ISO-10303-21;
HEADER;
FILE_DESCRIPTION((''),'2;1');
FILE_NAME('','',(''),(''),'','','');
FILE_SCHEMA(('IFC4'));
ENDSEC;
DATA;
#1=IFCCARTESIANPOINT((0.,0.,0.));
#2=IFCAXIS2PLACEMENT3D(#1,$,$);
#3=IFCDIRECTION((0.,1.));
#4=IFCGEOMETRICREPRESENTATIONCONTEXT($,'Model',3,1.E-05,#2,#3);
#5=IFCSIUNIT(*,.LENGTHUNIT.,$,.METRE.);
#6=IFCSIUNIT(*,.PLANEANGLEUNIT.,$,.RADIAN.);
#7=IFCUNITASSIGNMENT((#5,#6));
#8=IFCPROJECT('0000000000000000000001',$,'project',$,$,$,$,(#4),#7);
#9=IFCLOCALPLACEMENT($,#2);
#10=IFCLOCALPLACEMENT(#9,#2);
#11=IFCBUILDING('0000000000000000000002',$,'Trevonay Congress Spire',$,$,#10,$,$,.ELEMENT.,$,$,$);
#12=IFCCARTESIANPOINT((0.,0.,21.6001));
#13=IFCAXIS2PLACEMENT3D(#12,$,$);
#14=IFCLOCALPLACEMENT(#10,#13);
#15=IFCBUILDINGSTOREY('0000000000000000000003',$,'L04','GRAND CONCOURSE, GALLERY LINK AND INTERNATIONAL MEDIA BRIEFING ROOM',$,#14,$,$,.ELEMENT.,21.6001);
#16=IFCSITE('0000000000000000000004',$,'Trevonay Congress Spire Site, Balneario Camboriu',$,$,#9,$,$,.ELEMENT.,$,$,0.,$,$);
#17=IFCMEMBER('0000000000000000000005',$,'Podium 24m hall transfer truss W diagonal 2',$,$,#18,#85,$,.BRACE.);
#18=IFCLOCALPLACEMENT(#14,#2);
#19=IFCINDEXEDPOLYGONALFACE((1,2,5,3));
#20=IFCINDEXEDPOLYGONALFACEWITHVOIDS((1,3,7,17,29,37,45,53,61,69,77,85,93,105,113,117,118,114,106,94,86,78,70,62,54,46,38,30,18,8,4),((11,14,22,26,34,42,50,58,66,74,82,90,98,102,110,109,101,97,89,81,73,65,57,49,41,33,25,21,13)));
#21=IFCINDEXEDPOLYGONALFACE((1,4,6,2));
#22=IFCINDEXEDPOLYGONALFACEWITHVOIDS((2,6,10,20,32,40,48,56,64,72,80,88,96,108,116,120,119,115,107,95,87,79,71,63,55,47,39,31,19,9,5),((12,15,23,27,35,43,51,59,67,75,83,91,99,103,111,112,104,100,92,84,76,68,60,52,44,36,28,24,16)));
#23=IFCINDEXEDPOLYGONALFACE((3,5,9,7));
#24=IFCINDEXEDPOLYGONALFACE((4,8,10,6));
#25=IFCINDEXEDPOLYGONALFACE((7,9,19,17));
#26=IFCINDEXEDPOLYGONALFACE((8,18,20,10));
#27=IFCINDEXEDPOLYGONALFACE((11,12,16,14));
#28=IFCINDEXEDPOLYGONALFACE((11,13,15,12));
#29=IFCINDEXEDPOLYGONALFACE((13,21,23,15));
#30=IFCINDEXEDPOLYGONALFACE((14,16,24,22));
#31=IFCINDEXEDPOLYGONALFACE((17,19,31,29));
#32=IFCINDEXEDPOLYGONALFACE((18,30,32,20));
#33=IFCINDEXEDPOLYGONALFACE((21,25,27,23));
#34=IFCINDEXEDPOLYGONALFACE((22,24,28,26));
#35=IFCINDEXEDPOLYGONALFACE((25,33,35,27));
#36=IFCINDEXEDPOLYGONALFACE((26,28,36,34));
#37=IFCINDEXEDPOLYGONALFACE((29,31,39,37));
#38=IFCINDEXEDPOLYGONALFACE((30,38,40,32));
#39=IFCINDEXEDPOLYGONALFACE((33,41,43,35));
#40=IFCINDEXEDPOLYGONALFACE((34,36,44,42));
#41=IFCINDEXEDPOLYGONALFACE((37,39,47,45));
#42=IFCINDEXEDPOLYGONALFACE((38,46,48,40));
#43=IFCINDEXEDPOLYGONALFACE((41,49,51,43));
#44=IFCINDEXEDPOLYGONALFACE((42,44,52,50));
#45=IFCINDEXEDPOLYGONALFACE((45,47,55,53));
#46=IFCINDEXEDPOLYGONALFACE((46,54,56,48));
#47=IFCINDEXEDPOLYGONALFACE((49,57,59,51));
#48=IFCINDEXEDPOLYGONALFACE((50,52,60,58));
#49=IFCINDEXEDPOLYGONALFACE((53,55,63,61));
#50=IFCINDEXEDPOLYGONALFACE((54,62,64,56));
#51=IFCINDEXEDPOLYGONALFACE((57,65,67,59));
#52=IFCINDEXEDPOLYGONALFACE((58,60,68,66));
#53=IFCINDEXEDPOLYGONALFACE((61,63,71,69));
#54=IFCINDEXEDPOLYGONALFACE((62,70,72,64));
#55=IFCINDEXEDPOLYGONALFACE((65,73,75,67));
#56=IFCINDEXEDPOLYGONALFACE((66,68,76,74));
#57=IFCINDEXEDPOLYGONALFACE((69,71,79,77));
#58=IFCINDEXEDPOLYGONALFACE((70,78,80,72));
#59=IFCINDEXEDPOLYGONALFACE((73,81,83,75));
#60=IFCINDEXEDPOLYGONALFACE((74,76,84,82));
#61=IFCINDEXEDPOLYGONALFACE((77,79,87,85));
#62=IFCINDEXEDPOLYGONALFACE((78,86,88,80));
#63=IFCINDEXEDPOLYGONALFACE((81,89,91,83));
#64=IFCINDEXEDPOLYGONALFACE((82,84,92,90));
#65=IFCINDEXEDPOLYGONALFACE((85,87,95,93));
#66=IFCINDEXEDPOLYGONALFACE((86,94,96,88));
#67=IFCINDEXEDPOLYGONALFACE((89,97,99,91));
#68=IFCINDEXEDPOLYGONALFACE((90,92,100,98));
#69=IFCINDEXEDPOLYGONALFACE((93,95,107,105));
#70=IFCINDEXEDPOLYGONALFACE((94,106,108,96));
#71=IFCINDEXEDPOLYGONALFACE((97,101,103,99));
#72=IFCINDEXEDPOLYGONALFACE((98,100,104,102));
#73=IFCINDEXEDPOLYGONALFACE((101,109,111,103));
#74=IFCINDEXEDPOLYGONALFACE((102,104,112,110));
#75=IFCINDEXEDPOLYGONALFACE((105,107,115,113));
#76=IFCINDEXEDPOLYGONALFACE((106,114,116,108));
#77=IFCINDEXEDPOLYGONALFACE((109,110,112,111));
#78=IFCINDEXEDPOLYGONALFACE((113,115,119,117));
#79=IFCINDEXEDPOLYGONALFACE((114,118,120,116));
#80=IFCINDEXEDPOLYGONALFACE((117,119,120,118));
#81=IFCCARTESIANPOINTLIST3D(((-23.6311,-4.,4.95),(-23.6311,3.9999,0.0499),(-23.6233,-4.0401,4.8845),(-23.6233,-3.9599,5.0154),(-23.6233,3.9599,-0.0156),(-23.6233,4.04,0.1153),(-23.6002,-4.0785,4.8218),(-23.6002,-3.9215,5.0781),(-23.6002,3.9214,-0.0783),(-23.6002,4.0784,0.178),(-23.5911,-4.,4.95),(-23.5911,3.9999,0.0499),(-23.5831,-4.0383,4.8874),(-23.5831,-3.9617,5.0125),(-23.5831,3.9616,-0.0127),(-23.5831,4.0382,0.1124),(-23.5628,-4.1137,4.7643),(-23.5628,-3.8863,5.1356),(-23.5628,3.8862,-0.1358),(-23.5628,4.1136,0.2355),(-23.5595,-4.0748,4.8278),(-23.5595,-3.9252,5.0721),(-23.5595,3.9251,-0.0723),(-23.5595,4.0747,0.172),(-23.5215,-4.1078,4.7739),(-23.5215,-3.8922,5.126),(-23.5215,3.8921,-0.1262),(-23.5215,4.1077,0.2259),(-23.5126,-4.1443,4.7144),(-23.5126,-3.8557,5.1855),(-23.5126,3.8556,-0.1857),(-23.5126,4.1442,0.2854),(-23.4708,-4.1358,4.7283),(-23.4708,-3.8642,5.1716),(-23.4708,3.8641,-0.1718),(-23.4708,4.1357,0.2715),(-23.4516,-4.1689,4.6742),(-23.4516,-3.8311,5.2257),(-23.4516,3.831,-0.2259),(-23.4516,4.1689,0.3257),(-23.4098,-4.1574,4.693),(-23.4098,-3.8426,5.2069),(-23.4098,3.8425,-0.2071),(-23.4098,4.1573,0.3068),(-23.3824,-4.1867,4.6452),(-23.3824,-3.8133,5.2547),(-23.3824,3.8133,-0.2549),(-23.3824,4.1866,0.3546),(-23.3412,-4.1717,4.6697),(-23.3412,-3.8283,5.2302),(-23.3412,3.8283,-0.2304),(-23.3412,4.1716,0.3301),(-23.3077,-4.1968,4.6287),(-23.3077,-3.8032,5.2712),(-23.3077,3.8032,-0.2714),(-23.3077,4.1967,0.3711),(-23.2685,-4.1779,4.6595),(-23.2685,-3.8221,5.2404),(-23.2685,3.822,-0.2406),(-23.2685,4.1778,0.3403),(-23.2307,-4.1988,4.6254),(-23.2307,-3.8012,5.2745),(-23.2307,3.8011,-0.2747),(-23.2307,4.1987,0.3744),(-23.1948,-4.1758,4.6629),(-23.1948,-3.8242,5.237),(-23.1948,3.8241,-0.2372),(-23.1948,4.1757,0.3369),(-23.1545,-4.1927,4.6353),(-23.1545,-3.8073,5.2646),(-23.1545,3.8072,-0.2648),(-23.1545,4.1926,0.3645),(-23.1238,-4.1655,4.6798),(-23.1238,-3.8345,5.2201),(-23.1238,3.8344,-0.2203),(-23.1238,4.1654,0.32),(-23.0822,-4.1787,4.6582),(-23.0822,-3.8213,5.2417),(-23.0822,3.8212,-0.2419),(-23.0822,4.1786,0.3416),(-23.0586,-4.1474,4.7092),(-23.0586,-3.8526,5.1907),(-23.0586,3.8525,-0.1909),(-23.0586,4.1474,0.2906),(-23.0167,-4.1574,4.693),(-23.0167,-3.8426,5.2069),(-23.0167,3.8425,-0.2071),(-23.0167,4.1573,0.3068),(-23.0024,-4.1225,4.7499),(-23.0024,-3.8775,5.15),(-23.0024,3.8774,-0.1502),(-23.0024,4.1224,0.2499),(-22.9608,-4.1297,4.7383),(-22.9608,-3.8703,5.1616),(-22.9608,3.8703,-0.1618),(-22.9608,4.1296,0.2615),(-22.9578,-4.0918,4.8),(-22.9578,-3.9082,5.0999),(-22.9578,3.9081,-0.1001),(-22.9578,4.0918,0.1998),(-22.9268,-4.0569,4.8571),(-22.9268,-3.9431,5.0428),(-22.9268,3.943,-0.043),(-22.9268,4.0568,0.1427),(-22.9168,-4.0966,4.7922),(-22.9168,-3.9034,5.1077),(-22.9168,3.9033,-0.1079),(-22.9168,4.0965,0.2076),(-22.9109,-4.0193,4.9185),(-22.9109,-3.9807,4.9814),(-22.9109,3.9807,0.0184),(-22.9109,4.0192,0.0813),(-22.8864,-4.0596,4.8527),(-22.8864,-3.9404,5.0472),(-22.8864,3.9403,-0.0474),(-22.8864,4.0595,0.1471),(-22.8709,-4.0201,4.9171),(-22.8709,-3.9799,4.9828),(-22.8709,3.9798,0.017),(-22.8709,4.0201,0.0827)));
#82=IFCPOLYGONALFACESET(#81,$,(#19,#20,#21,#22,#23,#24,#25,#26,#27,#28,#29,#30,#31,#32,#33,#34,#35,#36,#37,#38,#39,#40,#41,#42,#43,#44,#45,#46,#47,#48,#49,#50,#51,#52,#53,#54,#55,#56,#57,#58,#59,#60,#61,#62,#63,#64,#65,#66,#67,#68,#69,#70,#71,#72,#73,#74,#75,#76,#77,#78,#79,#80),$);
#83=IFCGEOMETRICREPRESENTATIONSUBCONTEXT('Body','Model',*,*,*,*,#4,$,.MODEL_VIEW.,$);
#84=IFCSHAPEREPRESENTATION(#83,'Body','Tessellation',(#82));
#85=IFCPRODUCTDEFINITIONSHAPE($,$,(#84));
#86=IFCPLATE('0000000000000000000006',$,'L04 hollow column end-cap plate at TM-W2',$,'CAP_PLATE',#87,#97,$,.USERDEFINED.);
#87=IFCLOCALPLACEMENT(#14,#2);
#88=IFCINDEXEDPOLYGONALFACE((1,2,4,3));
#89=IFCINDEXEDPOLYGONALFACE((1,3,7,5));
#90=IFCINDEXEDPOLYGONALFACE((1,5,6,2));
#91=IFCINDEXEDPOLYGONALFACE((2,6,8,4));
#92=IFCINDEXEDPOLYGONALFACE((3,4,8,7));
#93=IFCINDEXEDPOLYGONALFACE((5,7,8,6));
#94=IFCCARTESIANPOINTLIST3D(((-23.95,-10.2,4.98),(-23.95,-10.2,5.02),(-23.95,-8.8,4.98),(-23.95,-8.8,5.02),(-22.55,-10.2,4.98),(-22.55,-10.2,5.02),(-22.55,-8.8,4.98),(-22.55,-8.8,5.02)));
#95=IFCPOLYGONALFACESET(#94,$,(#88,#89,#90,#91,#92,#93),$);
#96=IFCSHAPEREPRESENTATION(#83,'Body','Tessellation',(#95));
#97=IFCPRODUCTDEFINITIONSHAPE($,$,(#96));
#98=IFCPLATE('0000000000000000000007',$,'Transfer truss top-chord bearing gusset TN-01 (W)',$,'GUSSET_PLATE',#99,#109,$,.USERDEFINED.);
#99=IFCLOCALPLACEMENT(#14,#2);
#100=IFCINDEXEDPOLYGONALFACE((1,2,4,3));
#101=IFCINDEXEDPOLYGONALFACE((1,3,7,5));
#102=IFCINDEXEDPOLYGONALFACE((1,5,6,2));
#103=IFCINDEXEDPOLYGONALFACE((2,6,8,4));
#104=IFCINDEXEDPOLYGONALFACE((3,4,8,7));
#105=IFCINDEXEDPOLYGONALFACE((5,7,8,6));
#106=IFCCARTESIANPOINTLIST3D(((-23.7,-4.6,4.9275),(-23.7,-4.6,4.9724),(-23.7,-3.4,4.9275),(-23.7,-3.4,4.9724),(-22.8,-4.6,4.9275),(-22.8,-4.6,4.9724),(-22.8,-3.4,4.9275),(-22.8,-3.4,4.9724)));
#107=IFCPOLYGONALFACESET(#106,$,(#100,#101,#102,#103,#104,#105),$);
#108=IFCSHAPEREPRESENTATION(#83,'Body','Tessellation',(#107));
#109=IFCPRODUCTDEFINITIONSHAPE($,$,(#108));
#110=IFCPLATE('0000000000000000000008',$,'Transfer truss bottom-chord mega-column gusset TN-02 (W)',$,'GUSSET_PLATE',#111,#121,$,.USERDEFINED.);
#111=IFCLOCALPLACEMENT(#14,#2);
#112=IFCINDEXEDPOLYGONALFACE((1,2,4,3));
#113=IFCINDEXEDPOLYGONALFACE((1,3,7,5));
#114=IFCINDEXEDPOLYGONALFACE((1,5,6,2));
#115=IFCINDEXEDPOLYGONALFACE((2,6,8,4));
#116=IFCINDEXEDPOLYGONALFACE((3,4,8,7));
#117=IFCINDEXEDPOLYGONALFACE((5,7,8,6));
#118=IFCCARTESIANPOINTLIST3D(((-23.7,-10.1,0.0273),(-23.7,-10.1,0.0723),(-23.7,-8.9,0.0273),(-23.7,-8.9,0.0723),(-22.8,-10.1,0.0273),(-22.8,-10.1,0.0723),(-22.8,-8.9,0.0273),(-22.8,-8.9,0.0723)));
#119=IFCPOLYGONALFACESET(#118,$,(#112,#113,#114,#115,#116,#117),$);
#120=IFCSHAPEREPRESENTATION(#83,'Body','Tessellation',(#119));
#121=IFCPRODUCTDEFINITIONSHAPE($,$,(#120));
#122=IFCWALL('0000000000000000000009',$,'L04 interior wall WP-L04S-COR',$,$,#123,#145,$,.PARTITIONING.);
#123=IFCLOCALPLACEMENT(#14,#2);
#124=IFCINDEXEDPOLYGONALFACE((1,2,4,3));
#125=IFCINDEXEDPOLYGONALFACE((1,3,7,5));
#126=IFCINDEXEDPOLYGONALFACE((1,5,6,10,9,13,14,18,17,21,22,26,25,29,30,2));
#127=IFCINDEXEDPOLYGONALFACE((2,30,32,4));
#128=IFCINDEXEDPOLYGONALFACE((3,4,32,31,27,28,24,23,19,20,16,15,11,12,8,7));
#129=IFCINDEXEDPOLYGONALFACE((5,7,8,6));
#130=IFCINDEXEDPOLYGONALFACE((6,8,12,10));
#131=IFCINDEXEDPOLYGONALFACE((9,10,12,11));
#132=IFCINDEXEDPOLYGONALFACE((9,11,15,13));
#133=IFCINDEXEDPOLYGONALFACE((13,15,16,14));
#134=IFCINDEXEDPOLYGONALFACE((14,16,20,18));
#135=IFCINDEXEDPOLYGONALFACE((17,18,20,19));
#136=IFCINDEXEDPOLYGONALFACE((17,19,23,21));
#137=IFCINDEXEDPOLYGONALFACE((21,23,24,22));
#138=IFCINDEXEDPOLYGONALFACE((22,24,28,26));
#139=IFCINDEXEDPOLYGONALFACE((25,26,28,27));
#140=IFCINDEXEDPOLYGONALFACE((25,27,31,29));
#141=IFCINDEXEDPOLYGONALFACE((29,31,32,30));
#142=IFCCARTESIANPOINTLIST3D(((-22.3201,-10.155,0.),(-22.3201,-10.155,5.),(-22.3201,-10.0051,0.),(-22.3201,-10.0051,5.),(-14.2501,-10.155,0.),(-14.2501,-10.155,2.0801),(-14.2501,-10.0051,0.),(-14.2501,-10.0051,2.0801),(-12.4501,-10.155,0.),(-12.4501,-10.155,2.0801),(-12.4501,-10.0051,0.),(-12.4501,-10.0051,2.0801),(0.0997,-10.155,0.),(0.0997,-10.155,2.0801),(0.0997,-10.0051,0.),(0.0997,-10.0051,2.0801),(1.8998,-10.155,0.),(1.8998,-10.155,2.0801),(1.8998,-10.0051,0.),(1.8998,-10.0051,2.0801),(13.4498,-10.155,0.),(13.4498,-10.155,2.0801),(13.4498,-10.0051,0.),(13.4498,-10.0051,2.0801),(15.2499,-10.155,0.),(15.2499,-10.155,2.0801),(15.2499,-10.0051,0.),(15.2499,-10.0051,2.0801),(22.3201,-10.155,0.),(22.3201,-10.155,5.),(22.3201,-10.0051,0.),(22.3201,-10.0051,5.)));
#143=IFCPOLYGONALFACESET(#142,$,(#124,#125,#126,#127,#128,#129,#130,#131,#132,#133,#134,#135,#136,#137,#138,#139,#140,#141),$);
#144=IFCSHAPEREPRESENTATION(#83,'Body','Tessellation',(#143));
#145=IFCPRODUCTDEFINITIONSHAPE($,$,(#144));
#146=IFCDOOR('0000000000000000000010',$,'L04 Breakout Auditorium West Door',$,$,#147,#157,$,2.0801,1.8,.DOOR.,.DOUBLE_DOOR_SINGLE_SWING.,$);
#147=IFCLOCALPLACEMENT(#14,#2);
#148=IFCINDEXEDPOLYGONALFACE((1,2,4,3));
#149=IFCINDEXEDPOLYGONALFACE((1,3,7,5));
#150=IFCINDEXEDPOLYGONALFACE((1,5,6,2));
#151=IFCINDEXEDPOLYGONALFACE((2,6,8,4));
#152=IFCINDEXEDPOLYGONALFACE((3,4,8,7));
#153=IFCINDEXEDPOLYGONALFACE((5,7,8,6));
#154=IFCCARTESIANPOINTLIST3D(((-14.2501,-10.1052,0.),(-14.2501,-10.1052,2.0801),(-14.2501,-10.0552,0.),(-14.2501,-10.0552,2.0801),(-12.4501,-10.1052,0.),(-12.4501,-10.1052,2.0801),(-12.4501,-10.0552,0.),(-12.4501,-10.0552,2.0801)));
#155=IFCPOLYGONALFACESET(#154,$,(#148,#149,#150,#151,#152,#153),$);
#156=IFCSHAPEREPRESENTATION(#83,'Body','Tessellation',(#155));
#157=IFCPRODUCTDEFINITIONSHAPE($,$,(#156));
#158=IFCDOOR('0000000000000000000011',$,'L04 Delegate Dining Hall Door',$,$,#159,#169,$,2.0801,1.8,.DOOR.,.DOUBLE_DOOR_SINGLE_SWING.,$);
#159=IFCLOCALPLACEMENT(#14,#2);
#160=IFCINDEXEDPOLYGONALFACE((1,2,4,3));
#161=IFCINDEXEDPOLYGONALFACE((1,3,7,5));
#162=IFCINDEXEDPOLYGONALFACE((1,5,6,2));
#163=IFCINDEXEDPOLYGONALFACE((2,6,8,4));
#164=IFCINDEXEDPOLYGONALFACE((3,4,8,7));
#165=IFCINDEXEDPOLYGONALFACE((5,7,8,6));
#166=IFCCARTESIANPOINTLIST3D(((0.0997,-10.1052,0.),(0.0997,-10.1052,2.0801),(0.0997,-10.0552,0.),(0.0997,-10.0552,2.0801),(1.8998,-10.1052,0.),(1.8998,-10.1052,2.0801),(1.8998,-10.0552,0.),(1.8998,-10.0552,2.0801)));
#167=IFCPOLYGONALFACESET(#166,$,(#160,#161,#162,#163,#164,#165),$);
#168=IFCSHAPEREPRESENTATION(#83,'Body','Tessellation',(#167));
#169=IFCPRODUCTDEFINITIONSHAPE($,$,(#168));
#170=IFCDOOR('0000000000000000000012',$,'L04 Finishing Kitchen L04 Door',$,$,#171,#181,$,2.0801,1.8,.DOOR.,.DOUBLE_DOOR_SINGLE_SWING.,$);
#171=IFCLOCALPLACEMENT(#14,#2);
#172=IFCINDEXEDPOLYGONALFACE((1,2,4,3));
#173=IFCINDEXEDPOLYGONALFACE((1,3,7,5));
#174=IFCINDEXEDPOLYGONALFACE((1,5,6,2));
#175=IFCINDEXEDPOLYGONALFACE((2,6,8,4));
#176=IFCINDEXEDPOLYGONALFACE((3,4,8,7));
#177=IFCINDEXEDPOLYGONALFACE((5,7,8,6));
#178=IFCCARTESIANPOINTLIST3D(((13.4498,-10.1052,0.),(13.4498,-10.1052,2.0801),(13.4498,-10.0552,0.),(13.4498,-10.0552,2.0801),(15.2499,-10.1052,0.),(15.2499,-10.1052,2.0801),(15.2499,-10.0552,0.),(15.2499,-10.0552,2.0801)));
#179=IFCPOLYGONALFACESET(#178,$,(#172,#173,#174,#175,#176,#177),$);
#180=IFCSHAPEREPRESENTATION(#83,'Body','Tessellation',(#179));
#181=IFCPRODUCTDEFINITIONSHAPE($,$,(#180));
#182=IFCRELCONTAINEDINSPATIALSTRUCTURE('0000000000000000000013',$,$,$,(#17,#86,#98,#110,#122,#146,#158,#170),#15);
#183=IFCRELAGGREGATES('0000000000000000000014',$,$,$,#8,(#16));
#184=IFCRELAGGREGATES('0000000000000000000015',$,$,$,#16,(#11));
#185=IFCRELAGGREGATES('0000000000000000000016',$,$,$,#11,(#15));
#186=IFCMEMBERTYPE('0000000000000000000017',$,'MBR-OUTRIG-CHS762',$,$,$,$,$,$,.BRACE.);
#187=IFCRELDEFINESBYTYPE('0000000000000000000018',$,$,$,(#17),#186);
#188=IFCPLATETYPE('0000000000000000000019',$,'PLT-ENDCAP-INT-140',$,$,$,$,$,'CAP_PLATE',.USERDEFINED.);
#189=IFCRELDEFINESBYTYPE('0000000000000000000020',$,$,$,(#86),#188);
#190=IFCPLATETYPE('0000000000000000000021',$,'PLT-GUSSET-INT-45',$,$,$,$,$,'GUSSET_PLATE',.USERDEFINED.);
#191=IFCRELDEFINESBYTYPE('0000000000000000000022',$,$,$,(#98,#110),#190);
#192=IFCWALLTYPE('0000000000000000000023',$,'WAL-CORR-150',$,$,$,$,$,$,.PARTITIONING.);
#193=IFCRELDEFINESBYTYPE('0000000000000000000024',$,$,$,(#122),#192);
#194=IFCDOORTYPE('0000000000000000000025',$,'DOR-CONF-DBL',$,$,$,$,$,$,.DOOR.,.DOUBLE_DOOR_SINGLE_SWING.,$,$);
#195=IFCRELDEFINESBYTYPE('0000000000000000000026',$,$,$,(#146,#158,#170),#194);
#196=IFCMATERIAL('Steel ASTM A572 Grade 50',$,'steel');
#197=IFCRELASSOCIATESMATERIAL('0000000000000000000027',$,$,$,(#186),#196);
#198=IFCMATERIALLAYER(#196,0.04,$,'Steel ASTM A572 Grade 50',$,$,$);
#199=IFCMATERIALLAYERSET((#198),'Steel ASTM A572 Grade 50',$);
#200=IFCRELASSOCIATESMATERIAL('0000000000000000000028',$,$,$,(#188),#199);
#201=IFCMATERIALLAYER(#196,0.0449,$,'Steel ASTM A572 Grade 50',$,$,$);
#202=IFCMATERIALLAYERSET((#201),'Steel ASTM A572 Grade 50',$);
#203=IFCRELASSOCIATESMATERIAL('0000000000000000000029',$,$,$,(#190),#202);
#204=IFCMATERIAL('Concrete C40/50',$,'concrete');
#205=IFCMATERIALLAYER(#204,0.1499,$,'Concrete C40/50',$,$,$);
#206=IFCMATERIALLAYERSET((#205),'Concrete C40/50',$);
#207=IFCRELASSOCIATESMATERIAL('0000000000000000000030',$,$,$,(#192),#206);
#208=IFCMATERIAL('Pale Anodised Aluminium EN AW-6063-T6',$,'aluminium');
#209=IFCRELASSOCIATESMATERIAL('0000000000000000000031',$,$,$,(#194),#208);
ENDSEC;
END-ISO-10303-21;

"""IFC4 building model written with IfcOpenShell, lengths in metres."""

from ifc_helpers import new_model, si_unit, direction, frame, frame_2d, origin, origin_2d, place, context, subcontext, project, spatial, rectangle, hollow_circle, extrude, material, layer, layer_set, material_profile, profile_set, type_object, element, fill, save


model = new_model("IFC4")

# Units and contexts
model_context = context("Model", 3, precision=1e-05, world=origin(), true_north=direction((0.0, 1.0)))
body_context = subcontext(model_context, "Body", "Model", "MODEL_VIEW")
ifc_project = project(units=[si_unit("LENGTHUNIT", "METRE"), si_unit("PLANEANGLEUNIT", "RADIAN")], contexts=[model_context])

# Site, building, storey
site_placement = place(None, origin())
site = spatial("IfcSite", under=ifc_project, at=site_placement, Name="Trevonay Congress Spire Site, Balneario Camboriu", CompositionType="ELEMENT", RefElevation=0.0)
building_placement = place(site_placement, origin())
building = spatial("IfcBuilding", under=site, at=building_placement, Name="Trevonay Congress Spire", CompositionType="ELEMENT")
storey_placement = place(building_placement, frame((0.0, 0.0, 21.6001)))
storey = spatial("IfcBuildingStorey", under=building, at=storey_placement, Name="L04", Description="GRAND CONCOURSE, GALLERY LINK AND INTERNATIONAL MEDIA BRIEFING ROOM", CompositionType="ELEMENT", Elevation=21.6001)

# Shared definitions
ifc_material_1 = material(Name="Steel ASTM A572 Grade 50", Category="steel")

# Member
ifc_material_profile_1 = material_profile(ifc_material_1, hollow_circle(Radius=0.3811, WallThickness=0.04, at=origin_2d()), Name="CHS 762x40")
ifc_profile_set_1 = profile_set([ifc_material_profile_1], Name="Steel ASTM A572 Grade 50")
member_type_1 = type_object("IfcMemberType", Name="MBR-OUTRIG-CHS762", PredefinedType="BRACE", material=ifc_profile_set_1)
member_1_placement = place(storey_placement, frame((-23.25, -4.0, 4.95), z_axis=(0.0, 0.852747, -0.522323), x_axis=(-1.0, 0.0, 0.0)))
element("IfcMember", 1, at=member_1_placement, inside=storey, type_object=member_type_1, Name="Podium 24m hall transfer truss W diagonal 2", PredefinedType="BRACE", context=body_context, shape_type="SweptSolid", body=[
    extrude(hollow_circle(Radius=0.3811, WallThickness=0.04, at=origin_2d()), origin(), (0.0, 0.0, 1.0), 9.3813),
])

# Plates
ifc_layer_1 = layer(ifc_material_1, 0.04, Name="Steel ASTM A572 Grade 50")
ifc_layer_set_1 = layer_set([ifc_layer_1], Name="Steel ASTM A572 Grade 50")
plate_type_1 = type_object("IfcPlateType", Name="PLT-ENDCAP-INT-140", ElementType="CAP_PLATE", PredefinedType="USERDEFINED", material=ifc_layer_set_1)
plate_placement = place(storey_placement, frame((-23.25, -9.5, 4.98), z_axis=(0.0, 0.0, 1.0), x_axis=(1.0, 0.0, 0.0)))
element("IfcPlate", 2, at=plate_placement, inside=storey, type_object=plate_type_1, Name="L04 hollow column end-cap plate at TM-W2", ObjectType="CAP_PLATE", PredefinedType="USERDEFINED", context=body_context, shape_type="SweptSolid", body=[
    extrude(rectangle(XDim=1.3999, YDim=1.3999, at=origin_2d()), origin(), (0.0, 0.0, 1.0), 0.04),
])
ifc_layer_2 = layer(ifc_material_1, 0.0449, Name="Steel ASTM A572 Grade 50")
ifc_layer_set_2 = layer_set([ifc_layer_2], Name="Steel ASTM A572 Grade 50")
plate_type_2 = type_object("IfcPlateType", Name="PLT-GUSSET-INT-45", ElementType="GUSSET_PLATE", PredefinedType="USERDEFINED", material=ifc_layer_set_2)
for number, where, z_axis, x_axis, name in (
    (3, (-23.25, -4.0, 4.9275), (0.0, 0.0, 1.0), (0.0, 1.0, 0.0), "Transfer truss top-chord bearing gusset TN-01 (W)"),
    (4, (-23.25, -9.5, 0.0273), (0.0, 0.0, 1.0), (0.0, 1.0, 0.0), "Transfer truss bottom-chord mega-column gusset TN-02 (W)"),
):
    element("IfcPlate", number, at=place(storey_placement, frame(where, z_axis=z_axis, x_axis=x_axis)), inside=storey, type_object=plate_type_2, Name=name, ObjectType="GUSSET_PLATE", PredefinedType="USERDEFINED", context=body_context, shape_type="SweptSolid", body=[
        extrude(rectangle(XDim=1.2, YDim=0.8999, at=origin_2d()), origin(), (0.0, 0.0, 1.0), 0.0449),
    ])

# Wall, openings, doors
ifc_material_2 = material(Name="Concrete C40/50", Category="concrete")
ifc_layer_3 = layer(ifc_material_2, 0.1499, Name="Concrete C40/50")
ifc_layer_set_3 = layer_set([ifc_layer_3], Name="Concrete C40/50")
wall_type_1 = type_object("IfcWallType", Name="WAL-CORR-150", PredefinedType="PARTITIONING", material=ifc_layer_set_3)
wall_1_placement = place(storey_placement, frame((-22.3201, -10.0801, 0.0), z_axis=(0.0, 0.0, 1.0), x_axis=(1.0, 0.0, 0.0)))
wall_1 = element("IfcWall", 5, at=wall_1_placement, inside=storey, type_object=wall_type_1, Name="L04 interior wall WP-L04S-COR", PredefinedType="PARTITIONING", context=body_context, shape_type="SweptSolid", body=[
    extrude(rectangle(XDim=44.6401, YDim=0.1499, at=frame_2d((22.3201, 0.0))), origin(), (0.0, 0.0, 1.0), 5.0),
])
opening_1_placement = place(wall_1_placement, frame((8.0701, 0.0, 0.0)))
opening_1 = element("IfcOpeningElement", 6, at=opening_1_placement, cuts=wall_1, PredefinedType="OPENING", context=body_context, shape_type="SweptSolid", body=[
    extrude(rectangle(XDim=1.8, YDim=2.0801, at=frame_2d((0.8999, 1.04))), frame((0.0, 0.085, 0.0), z_axis=(0.0, -1.0, 0.0), x_axis=(1.0, 0.0, 0.0)), (0.0, 0.0, 1.0), 0.1699),
])
opening_2_placement = place(wall_1_placement, frame((22.4199, 0.0, 0.0)))
opening_2 = element("IfcOpeningElement", 7, at=opening_2_placement, cuts=wall_1, PredefinedType="OPENING", context=body_context, shape_type="SweptSolid", body=[
    extrude(rectangle(XDim=1.8, YDim=2.0801, at=frame_2d((0.8999, 1.04))), frame((0.0, 0.085, 0.0), z_axis=(0.0, -1.0, 0.0), x_axis=(1.0, 0.0, 0.0)), (0.0, 0.0, 1.0), 0.1699),
])
opening_3_placement = place(wall_1_placement, frame((35.77, 0.0, 0.0)))
opening_3 = element("IfcOpeningElement", 8, at=opening_3_placement, cuts=wall_1, PredefinedType="OPENING", context=body_context, shape_type="SweptSolid", body=[
    extrude(rectangle(XDim=1.8, YDim=2.0801, at=frame_2d((0.8999, 1.04))), frame((0.0, 0.085, 0.0), z_axis=(0.0, -1.0, 0.0), x_axis=(1.0, 0.0, 0.0)), (0.0, 0.0, 1.0), 0.1699),
])
ifc_material_3 = material(Name="Pale Anodised Aluminium EN AW-6063-T6", Category="aluminium")
door_type_1 = type_object("IfcDoorType", Name="DOR-CONF-DBL", OperationType="DOUBLE_DOOR_SINGLE_SWING", PredefinedType="DOOR", material=ifc_material_3)
door_1_placement = place(opening_1_placement, origin())
door_1 = element("IfcDoor", 9, at=door_1_placement, inside=storey, type_object=door_type_1, Name="L04 Breakout Auditorium West Door", OperationType="DOUBLE_DOOR_SINGLE_SWING", OverallHeight=2.0801, OverallWidth=1.8, PredefinedType="DOOR", context=body_context, shape_type="SweptSolid", body=[
    extrude(rectangle(XDim=1.8, YDim=2.0801, at=frame_2d((0.8999, 1.04))), frame((0.0, 0.0249, 0.0), z_axis=(0.0, -1.0, 0.0), x_axis=(1.0, 0.0, 0.0)), (0.0, 0.0, 1.0), 0.05),
])
fill(opening_1, door_1)
door_2_placement = place(opening_2_placement, origin())
door_2 = element("IfcDoor", 10, at=door_2_placement, inside=storey, type_object=door_type_1, Name="L04 Delegate Dining Hall Door", OperationType="DOUBLE_DOOR_SINGLE_SWING", OverallHeight=2.0801, OverallWidth=1.8, PredefinedType="DOOR", context=body_context, shape_type="SweptSolid", body=[
    extrude(rectangle(XDim=1.8, YDim=2.0801, at=frame_2d((0.8999, 1.04))), frame((0.0, 0.0249, 0.0), z_axis=(0.0, -1.0, 0.0), x_axis=(1.0, 0.0, 0.0)), (0.0, 0.0, 1.0), 0.05),
])
fill(opening_2, door_2)
door_3_placement = place(opening_3_placement, origin())
door_3 = element("IfcDoor", 11, at=door_3_placement, inside=storey, type_object=door_type_1, Name="L04 Finishing Kitchen L04 Door", OperationType="DOUBLE_DOOR_SINGLE_SWING", OverallHeight=2.0801, OverallWidth=1.8, PredefinedType="DOOR", context=body_context, shape_type="SweptSolid", body=[
    extrude(rectangle(XDim=1.8, YDim=2.0801, at=frame_2d((0.8999, 1.04))), frame((0.0, 0.0249, 0.0), z_axis=(0.0, -1.0, 0.0), x_axis=(1.0, 0.0, 0.0)), (0.0, 0.0, 1.0), 0.05),
])
fill(opening_3, door_3)

save(model, "model.ifc")
